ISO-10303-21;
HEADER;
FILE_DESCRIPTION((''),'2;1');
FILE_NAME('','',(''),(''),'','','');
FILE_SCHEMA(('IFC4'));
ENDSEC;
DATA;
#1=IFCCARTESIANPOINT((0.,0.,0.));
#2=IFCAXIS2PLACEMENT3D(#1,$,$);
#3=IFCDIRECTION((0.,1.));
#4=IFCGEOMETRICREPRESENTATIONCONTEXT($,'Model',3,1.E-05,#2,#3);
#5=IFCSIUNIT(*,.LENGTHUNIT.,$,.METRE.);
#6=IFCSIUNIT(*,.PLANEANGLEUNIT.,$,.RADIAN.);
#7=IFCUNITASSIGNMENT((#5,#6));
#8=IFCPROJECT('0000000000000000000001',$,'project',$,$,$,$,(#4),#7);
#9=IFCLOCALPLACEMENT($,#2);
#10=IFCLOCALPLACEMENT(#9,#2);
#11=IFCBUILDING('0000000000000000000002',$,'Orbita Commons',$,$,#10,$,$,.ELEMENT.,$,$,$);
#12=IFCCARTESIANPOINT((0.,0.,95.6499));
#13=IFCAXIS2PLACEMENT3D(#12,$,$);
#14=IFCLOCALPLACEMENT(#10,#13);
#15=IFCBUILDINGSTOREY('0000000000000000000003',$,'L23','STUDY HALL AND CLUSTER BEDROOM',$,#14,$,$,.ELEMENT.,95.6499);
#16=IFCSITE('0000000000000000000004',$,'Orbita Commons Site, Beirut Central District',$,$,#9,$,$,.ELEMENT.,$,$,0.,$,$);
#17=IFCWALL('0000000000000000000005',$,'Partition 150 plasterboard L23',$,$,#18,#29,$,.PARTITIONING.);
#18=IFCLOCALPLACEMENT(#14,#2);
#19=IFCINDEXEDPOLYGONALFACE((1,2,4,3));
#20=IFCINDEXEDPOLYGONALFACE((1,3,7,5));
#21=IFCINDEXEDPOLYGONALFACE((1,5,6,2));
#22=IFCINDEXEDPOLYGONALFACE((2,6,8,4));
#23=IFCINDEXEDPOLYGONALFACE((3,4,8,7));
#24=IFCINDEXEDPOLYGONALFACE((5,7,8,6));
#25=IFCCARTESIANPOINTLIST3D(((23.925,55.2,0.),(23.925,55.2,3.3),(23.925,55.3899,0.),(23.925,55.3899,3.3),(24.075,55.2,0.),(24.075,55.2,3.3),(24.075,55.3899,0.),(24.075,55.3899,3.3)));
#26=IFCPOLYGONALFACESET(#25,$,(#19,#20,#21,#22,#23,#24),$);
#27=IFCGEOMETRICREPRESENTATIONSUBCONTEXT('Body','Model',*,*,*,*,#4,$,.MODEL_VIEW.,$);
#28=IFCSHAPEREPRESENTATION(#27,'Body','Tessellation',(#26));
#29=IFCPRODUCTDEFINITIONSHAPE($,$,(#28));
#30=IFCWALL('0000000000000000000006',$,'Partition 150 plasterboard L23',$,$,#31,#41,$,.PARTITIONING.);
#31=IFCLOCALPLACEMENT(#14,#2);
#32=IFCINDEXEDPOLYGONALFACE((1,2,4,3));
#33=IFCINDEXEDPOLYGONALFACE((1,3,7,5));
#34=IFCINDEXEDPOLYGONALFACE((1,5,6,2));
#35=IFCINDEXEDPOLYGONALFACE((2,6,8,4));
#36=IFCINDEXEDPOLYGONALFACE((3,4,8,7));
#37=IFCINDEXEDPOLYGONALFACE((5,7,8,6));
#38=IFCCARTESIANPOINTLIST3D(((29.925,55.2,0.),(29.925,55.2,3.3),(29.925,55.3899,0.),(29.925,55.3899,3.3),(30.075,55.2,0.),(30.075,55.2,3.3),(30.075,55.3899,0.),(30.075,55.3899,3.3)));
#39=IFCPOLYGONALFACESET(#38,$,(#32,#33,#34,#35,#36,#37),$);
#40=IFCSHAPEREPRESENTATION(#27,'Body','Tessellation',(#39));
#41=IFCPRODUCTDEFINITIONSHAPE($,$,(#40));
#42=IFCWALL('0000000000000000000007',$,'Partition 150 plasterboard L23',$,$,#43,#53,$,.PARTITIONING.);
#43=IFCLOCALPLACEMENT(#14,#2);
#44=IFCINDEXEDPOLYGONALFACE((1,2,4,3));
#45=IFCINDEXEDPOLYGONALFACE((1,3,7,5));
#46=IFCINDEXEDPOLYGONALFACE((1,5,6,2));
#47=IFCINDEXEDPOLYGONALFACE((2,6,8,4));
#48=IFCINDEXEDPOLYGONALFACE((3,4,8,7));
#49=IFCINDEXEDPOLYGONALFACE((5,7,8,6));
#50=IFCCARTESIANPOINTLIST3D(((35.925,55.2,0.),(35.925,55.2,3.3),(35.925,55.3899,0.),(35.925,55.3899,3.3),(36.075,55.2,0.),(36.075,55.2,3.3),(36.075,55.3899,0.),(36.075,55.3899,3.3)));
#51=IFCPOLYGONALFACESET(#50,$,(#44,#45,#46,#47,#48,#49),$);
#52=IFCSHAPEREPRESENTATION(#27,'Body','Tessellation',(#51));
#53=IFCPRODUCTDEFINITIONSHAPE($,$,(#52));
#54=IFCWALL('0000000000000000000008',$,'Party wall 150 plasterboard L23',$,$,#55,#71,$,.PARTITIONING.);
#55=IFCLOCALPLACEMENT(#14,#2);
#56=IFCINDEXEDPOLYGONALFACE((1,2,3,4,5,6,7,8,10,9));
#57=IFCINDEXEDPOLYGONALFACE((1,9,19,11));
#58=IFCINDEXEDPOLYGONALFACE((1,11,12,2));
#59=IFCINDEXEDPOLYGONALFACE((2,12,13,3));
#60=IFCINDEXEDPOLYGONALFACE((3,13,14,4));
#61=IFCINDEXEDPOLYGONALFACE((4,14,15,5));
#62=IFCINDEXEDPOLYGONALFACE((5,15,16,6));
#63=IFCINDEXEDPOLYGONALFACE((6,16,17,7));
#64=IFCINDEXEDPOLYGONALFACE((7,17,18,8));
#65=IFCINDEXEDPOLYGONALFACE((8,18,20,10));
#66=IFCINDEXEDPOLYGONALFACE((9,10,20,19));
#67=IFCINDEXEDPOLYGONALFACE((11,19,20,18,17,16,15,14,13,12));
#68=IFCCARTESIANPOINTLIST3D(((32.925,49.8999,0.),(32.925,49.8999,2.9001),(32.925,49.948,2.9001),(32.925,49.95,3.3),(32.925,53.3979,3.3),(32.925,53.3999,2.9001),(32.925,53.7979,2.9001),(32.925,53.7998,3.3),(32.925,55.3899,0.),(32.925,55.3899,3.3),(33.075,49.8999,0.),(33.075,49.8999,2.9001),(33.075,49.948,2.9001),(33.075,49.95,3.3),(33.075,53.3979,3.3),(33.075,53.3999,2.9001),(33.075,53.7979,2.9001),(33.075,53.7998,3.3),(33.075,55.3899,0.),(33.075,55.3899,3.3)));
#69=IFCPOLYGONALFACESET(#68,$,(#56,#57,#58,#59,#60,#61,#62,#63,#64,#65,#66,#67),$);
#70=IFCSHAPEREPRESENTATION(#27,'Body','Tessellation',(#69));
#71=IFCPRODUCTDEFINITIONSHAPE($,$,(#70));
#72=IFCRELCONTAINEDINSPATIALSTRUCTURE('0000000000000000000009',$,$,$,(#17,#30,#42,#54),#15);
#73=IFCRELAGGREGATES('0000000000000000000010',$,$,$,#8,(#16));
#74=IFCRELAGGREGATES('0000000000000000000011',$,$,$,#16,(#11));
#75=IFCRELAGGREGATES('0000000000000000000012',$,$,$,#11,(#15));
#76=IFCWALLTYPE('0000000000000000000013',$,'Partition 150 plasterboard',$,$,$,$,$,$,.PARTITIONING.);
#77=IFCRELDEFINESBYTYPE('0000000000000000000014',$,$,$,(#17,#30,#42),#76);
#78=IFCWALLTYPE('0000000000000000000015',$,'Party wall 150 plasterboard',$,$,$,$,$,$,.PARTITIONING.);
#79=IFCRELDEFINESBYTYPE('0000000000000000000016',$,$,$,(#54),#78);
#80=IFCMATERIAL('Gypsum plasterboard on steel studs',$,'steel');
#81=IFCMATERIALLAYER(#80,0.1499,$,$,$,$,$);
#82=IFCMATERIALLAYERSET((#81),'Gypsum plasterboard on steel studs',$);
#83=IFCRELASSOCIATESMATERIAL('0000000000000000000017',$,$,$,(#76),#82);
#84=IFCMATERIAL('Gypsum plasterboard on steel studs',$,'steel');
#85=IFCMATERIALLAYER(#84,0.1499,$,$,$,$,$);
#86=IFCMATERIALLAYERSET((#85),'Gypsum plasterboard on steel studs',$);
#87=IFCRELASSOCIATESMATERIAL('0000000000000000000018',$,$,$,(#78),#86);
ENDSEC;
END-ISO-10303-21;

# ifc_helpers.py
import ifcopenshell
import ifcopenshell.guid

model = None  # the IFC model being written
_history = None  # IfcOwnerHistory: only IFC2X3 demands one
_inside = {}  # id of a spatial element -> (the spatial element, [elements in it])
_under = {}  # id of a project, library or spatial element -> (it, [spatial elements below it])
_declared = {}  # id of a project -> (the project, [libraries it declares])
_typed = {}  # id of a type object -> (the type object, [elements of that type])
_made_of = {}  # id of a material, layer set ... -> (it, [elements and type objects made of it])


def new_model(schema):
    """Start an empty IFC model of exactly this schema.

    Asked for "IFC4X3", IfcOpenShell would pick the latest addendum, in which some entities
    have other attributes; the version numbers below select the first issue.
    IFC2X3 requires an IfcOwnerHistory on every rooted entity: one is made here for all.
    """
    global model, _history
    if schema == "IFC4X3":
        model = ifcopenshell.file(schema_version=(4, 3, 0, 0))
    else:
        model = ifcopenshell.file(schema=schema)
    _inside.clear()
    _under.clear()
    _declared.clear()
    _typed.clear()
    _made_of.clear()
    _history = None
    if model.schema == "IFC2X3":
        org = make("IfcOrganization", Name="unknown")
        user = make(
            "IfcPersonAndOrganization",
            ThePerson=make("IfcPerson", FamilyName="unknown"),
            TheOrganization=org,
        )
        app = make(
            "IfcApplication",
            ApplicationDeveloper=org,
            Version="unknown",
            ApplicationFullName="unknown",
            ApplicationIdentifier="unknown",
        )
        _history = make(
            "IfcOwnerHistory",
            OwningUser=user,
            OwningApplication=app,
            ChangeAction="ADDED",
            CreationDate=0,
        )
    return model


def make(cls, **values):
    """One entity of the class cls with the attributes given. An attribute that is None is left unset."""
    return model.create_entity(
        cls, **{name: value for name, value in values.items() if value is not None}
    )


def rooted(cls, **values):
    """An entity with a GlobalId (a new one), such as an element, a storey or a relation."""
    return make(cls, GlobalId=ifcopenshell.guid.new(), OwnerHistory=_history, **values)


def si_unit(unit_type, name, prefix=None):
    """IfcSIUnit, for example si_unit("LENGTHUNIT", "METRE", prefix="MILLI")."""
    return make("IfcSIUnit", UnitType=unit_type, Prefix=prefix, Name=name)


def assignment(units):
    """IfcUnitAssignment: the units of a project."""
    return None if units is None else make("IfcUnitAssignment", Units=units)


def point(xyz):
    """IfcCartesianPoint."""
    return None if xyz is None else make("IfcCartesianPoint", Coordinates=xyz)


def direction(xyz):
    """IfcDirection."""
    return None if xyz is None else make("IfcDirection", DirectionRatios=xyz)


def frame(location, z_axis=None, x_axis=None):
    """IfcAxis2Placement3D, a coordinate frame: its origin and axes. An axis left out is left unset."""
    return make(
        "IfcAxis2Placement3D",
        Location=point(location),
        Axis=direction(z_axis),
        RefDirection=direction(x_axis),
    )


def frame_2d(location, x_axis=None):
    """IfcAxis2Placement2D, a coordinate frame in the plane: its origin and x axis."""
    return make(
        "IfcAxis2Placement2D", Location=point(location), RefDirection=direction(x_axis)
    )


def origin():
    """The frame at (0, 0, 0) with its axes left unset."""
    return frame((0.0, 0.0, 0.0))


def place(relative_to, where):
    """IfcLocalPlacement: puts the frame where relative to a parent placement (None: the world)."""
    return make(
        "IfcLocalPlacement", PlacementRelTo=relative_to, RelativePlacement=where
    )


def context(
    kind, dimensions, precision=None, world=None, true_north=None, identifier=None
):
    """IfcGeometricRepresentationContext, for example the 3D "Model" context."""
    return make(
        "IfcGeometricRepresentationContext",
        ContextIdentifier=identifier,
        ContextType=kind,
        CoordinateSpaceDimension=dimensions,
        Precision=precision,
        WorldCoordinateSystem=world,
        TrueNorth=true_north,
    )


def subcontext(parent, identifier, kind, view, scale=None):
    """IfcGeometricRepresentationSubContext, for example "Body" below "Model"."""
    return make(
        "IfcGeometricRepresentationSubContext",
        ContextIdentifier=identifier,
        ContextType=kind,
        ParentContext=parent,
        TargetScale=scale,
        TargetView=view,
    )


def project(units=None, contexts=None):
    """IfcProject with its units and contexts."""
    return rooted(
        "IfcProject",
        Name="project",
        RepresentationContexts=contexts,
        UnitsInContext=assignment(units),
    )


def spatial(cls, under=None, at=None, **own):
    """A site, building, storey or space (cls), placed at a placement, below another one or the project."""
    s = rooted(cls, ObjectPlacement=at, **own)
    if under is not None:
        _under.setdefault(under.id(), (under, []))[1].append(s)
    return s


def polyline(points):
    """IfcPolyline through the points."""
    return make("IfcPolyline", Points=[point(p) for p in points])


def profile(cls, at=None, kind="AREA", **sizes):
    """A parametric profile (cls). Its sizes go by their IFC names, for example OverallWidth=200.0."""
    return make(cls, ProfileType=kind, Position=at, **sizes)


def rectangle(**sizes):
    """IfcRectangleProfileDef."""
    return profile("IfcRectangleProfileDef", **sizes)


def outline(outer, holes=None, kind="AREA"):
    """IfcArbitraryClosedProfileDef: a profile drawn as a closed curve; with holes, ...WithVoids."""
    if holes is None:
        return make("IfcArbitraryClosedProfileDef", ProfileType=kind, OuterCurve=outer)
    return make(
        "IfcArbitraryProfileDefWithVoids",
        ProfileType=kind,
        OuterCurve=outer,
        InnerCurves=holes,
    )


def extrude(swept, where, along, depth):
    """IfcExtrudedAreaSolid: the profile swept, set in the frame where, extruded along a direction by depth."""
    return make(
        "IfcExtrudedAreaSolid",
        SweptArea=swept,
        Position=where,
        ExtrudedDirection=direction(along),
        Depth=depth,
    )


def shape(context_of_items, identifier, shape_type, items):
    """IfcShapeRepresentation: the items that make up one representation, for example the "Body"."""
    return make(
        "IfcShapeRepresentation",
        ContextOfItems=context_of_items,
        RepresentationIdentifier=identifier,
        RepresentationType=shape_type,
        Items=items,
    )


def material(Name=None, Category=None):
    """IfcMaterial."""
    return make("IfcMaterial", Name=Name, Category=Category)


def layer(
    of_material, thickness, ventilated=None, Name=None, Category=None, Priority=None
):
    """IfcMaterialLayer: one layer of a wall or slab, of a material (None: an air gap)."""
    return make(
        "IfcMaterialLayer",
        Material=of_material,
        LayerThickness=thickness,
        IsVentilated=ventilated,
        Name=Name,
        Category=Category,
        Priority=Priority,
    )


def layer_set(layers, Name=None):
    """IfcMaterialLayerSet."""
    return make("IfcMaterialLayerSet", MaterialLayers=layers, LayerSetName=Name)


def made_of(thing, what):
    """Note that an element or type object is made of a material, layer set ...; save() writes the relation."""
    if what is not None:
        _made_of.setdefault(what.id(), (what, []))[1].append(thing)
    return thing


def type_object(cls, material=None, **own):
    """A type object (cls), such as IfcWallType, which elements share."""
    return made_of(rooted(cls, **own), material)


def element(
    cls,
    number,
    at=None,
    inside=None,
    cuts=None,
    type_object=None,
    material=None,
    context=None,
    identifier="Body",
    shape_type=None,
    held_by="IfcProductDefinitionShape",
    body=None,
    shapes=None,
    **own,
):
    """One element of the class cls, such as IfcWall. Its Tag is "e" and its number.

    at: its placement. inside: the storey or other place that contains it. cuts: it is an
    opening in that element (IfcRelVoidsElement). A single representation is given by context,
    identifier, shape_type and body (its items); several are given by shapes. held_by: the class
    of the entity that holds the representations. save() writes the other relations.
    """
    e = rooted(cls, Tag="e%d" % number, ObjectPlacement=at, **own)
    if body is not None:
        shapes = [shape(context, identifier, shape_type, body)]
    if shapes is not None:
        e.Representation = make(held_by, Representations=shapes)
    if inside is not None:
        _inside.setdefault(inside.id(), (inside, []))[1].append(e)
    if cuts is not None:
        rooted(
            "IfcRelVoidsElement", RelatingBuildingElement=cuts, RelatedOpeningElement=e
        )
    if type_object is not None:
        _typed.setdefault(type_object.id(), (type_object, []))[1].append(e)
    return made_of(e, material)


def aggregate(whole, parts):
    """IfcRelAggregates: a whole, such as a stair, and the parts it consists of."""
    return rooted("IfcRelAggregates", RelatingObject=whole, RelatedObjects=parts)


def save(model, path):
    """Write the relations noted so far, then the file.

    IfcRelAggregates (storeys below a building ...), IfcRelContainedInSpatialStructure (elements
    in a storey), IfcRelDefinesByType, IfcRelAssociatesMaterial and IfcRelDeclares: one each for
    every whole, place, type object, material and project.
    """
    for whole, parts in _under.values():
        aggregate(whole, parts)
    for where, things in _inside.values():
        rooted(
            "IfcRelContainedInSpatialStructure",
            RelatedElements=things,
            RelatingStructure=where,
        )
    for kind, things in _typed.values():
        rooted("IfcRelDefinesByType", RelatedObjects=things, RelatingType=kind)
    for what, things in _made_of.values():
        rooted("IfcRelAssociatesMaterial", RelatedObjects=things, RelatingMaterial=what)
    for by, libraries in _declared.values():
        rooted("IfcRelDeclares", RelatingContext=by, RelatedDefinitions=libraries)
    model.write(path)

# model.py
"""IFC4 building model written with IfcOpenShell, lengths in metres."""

from ifc_helpers import new_model, si_unit, direction, frame, frame_2d, origin, place, context, subcontext, project, spatial, polyline, rectangle, outline, extrude, material, layer, layer_set, type_object, element, save


model = new_model("IFC4")

# Units and contexts
model_context = context("Model", 3, precision=1e-05, world=origin(), true_north=direction((0.0, 1.0)))
body_context = subcontext(model_context, "Body", "Model", "MODEL_VIEW")
ifc_project = project(units=[si_unit("LENGTHUNIT", "METRE"), si_unit("PLANEANGLEUNIT", "RADIAN")], contexts=[model_context])

# Site, building, storey
site_placement = place(None, origin())
site = spatial("IfcSite", under=ifc_project, at=site_placement, Name="Orbita Commons Site, Beirut Central District", CompositionType="ELEMENT", RefElevation=0.0)
building_placement = place(site_placement, origin())
building = spatial("IfcBuilding", under=site, at=building_placement, Name="Orbita Commons", CompositionType="ELEMENT")
storey_placement = place(building_placement, frame((0.0, 0.0, 95.6499)))
storey = spatial("IfcBuildingStorey", under=building, at=storey_placement, Name="L23", Description="STUDY HALL AND CLUSTER BEDROOM", CompositionType="ELEMENT", Elevation=95.6499)

# Walls
ifc_material_1 = material(Name="Gypsum plasterboard on steel studs", Category="steel")
ifc_layer_1 = layer(ifc_material_1, 0.1499)
ifc_layer_set_1 = layer_set([ifc_layer_1], Name="Gypsum plasterboard on steel studs")
wall_type_1 = type_object("IfcWallType", Name="Partition 150 plasterboard", PredefinedType="PARTITIONING", material=ifc_layer_set_1)
for number, where, z_axis, x_axis, name in (
    (1, (24.0, 55.2, 0.0), (0.0, 0.0, 1.0), (0.0, 1.0, 0.0), "Partition 150 plasterboard L23"),
    (2, (30.0, 55.2, 0.0), (0.0, 0.0, 1.0), (0.0, 1.0, 0.0), "Partition 150 plasterboard L23"),
    (3, (36.0, 55.2, 0.0), (0.0, 0.0, 1.0), (0.0, 1.0, 0.0), "Partition 150 plasterboard L23"),
):
    element("IfcWall", number, at=place(storey_placement, frame(where, z_axis=z_axis, x_axis=x_axis)), inside=storey, type_object=wall_type_1, Name=name, PredefinedType="PARTITIONING", context=body_context, shape_type="SweptSolid", body=[
        extrude(rectangle(XDim=0.1899, YDim=0.1499, at=frame_2d((0.095, 0.0))), origin(), (0.0, 0.0, 1.0), 3.3),
    ])
ifc_material_2 = material(Name="Gypsum plasterboard on steel studs", Category="steel")
ifc_layer_2 = layer(ifc_material_2, 0.1499)
ifc_layer_set_2 = layer_set([ifc_layer_2], Name="Gypsum plasterboard on steel studs")
wall_type_2 = type_object("IfcWallType", Name="Party wall 150 plasterboard", PredefinedType="PARTITIONING", material=ifc_layer_set_2)
wall_placement = place(storey_placement, frame((33.0, 55.3899, 0.0), z_axis=(0.0, 0.0, 1.0), x_axis=(0.0, -1.0, 0.0)))
element("IfcWall", 4, at=wall_placement, inside=storey, type_object=wall_type_2, Name="Party wall 150 plasterboard L23", PredefinedType="PARTITIONING", context=body_context, shape_type="SweptSolid", body=[
    extrude(outline(polyline([(0.0, 0.0), (5.49, 0.0), (5.49, 2.9001), (5.4419, 2.9001), (5.4399, 3.3), (1.9919, 3.3), (1.99, 2.9001), (1.592, 2.9001), (1.5901, 3.3), (0.0, 3.3), (0.0, 0.0)])), frame((0.0, 0.075, 0.0), z_axis=(0.0, -1.0, 0.0), x_axis=(1.0, 0.0, 0.0)), (0.0, 0.0, 1.0), 0.1499),
])

save(model, "model.ifc")
